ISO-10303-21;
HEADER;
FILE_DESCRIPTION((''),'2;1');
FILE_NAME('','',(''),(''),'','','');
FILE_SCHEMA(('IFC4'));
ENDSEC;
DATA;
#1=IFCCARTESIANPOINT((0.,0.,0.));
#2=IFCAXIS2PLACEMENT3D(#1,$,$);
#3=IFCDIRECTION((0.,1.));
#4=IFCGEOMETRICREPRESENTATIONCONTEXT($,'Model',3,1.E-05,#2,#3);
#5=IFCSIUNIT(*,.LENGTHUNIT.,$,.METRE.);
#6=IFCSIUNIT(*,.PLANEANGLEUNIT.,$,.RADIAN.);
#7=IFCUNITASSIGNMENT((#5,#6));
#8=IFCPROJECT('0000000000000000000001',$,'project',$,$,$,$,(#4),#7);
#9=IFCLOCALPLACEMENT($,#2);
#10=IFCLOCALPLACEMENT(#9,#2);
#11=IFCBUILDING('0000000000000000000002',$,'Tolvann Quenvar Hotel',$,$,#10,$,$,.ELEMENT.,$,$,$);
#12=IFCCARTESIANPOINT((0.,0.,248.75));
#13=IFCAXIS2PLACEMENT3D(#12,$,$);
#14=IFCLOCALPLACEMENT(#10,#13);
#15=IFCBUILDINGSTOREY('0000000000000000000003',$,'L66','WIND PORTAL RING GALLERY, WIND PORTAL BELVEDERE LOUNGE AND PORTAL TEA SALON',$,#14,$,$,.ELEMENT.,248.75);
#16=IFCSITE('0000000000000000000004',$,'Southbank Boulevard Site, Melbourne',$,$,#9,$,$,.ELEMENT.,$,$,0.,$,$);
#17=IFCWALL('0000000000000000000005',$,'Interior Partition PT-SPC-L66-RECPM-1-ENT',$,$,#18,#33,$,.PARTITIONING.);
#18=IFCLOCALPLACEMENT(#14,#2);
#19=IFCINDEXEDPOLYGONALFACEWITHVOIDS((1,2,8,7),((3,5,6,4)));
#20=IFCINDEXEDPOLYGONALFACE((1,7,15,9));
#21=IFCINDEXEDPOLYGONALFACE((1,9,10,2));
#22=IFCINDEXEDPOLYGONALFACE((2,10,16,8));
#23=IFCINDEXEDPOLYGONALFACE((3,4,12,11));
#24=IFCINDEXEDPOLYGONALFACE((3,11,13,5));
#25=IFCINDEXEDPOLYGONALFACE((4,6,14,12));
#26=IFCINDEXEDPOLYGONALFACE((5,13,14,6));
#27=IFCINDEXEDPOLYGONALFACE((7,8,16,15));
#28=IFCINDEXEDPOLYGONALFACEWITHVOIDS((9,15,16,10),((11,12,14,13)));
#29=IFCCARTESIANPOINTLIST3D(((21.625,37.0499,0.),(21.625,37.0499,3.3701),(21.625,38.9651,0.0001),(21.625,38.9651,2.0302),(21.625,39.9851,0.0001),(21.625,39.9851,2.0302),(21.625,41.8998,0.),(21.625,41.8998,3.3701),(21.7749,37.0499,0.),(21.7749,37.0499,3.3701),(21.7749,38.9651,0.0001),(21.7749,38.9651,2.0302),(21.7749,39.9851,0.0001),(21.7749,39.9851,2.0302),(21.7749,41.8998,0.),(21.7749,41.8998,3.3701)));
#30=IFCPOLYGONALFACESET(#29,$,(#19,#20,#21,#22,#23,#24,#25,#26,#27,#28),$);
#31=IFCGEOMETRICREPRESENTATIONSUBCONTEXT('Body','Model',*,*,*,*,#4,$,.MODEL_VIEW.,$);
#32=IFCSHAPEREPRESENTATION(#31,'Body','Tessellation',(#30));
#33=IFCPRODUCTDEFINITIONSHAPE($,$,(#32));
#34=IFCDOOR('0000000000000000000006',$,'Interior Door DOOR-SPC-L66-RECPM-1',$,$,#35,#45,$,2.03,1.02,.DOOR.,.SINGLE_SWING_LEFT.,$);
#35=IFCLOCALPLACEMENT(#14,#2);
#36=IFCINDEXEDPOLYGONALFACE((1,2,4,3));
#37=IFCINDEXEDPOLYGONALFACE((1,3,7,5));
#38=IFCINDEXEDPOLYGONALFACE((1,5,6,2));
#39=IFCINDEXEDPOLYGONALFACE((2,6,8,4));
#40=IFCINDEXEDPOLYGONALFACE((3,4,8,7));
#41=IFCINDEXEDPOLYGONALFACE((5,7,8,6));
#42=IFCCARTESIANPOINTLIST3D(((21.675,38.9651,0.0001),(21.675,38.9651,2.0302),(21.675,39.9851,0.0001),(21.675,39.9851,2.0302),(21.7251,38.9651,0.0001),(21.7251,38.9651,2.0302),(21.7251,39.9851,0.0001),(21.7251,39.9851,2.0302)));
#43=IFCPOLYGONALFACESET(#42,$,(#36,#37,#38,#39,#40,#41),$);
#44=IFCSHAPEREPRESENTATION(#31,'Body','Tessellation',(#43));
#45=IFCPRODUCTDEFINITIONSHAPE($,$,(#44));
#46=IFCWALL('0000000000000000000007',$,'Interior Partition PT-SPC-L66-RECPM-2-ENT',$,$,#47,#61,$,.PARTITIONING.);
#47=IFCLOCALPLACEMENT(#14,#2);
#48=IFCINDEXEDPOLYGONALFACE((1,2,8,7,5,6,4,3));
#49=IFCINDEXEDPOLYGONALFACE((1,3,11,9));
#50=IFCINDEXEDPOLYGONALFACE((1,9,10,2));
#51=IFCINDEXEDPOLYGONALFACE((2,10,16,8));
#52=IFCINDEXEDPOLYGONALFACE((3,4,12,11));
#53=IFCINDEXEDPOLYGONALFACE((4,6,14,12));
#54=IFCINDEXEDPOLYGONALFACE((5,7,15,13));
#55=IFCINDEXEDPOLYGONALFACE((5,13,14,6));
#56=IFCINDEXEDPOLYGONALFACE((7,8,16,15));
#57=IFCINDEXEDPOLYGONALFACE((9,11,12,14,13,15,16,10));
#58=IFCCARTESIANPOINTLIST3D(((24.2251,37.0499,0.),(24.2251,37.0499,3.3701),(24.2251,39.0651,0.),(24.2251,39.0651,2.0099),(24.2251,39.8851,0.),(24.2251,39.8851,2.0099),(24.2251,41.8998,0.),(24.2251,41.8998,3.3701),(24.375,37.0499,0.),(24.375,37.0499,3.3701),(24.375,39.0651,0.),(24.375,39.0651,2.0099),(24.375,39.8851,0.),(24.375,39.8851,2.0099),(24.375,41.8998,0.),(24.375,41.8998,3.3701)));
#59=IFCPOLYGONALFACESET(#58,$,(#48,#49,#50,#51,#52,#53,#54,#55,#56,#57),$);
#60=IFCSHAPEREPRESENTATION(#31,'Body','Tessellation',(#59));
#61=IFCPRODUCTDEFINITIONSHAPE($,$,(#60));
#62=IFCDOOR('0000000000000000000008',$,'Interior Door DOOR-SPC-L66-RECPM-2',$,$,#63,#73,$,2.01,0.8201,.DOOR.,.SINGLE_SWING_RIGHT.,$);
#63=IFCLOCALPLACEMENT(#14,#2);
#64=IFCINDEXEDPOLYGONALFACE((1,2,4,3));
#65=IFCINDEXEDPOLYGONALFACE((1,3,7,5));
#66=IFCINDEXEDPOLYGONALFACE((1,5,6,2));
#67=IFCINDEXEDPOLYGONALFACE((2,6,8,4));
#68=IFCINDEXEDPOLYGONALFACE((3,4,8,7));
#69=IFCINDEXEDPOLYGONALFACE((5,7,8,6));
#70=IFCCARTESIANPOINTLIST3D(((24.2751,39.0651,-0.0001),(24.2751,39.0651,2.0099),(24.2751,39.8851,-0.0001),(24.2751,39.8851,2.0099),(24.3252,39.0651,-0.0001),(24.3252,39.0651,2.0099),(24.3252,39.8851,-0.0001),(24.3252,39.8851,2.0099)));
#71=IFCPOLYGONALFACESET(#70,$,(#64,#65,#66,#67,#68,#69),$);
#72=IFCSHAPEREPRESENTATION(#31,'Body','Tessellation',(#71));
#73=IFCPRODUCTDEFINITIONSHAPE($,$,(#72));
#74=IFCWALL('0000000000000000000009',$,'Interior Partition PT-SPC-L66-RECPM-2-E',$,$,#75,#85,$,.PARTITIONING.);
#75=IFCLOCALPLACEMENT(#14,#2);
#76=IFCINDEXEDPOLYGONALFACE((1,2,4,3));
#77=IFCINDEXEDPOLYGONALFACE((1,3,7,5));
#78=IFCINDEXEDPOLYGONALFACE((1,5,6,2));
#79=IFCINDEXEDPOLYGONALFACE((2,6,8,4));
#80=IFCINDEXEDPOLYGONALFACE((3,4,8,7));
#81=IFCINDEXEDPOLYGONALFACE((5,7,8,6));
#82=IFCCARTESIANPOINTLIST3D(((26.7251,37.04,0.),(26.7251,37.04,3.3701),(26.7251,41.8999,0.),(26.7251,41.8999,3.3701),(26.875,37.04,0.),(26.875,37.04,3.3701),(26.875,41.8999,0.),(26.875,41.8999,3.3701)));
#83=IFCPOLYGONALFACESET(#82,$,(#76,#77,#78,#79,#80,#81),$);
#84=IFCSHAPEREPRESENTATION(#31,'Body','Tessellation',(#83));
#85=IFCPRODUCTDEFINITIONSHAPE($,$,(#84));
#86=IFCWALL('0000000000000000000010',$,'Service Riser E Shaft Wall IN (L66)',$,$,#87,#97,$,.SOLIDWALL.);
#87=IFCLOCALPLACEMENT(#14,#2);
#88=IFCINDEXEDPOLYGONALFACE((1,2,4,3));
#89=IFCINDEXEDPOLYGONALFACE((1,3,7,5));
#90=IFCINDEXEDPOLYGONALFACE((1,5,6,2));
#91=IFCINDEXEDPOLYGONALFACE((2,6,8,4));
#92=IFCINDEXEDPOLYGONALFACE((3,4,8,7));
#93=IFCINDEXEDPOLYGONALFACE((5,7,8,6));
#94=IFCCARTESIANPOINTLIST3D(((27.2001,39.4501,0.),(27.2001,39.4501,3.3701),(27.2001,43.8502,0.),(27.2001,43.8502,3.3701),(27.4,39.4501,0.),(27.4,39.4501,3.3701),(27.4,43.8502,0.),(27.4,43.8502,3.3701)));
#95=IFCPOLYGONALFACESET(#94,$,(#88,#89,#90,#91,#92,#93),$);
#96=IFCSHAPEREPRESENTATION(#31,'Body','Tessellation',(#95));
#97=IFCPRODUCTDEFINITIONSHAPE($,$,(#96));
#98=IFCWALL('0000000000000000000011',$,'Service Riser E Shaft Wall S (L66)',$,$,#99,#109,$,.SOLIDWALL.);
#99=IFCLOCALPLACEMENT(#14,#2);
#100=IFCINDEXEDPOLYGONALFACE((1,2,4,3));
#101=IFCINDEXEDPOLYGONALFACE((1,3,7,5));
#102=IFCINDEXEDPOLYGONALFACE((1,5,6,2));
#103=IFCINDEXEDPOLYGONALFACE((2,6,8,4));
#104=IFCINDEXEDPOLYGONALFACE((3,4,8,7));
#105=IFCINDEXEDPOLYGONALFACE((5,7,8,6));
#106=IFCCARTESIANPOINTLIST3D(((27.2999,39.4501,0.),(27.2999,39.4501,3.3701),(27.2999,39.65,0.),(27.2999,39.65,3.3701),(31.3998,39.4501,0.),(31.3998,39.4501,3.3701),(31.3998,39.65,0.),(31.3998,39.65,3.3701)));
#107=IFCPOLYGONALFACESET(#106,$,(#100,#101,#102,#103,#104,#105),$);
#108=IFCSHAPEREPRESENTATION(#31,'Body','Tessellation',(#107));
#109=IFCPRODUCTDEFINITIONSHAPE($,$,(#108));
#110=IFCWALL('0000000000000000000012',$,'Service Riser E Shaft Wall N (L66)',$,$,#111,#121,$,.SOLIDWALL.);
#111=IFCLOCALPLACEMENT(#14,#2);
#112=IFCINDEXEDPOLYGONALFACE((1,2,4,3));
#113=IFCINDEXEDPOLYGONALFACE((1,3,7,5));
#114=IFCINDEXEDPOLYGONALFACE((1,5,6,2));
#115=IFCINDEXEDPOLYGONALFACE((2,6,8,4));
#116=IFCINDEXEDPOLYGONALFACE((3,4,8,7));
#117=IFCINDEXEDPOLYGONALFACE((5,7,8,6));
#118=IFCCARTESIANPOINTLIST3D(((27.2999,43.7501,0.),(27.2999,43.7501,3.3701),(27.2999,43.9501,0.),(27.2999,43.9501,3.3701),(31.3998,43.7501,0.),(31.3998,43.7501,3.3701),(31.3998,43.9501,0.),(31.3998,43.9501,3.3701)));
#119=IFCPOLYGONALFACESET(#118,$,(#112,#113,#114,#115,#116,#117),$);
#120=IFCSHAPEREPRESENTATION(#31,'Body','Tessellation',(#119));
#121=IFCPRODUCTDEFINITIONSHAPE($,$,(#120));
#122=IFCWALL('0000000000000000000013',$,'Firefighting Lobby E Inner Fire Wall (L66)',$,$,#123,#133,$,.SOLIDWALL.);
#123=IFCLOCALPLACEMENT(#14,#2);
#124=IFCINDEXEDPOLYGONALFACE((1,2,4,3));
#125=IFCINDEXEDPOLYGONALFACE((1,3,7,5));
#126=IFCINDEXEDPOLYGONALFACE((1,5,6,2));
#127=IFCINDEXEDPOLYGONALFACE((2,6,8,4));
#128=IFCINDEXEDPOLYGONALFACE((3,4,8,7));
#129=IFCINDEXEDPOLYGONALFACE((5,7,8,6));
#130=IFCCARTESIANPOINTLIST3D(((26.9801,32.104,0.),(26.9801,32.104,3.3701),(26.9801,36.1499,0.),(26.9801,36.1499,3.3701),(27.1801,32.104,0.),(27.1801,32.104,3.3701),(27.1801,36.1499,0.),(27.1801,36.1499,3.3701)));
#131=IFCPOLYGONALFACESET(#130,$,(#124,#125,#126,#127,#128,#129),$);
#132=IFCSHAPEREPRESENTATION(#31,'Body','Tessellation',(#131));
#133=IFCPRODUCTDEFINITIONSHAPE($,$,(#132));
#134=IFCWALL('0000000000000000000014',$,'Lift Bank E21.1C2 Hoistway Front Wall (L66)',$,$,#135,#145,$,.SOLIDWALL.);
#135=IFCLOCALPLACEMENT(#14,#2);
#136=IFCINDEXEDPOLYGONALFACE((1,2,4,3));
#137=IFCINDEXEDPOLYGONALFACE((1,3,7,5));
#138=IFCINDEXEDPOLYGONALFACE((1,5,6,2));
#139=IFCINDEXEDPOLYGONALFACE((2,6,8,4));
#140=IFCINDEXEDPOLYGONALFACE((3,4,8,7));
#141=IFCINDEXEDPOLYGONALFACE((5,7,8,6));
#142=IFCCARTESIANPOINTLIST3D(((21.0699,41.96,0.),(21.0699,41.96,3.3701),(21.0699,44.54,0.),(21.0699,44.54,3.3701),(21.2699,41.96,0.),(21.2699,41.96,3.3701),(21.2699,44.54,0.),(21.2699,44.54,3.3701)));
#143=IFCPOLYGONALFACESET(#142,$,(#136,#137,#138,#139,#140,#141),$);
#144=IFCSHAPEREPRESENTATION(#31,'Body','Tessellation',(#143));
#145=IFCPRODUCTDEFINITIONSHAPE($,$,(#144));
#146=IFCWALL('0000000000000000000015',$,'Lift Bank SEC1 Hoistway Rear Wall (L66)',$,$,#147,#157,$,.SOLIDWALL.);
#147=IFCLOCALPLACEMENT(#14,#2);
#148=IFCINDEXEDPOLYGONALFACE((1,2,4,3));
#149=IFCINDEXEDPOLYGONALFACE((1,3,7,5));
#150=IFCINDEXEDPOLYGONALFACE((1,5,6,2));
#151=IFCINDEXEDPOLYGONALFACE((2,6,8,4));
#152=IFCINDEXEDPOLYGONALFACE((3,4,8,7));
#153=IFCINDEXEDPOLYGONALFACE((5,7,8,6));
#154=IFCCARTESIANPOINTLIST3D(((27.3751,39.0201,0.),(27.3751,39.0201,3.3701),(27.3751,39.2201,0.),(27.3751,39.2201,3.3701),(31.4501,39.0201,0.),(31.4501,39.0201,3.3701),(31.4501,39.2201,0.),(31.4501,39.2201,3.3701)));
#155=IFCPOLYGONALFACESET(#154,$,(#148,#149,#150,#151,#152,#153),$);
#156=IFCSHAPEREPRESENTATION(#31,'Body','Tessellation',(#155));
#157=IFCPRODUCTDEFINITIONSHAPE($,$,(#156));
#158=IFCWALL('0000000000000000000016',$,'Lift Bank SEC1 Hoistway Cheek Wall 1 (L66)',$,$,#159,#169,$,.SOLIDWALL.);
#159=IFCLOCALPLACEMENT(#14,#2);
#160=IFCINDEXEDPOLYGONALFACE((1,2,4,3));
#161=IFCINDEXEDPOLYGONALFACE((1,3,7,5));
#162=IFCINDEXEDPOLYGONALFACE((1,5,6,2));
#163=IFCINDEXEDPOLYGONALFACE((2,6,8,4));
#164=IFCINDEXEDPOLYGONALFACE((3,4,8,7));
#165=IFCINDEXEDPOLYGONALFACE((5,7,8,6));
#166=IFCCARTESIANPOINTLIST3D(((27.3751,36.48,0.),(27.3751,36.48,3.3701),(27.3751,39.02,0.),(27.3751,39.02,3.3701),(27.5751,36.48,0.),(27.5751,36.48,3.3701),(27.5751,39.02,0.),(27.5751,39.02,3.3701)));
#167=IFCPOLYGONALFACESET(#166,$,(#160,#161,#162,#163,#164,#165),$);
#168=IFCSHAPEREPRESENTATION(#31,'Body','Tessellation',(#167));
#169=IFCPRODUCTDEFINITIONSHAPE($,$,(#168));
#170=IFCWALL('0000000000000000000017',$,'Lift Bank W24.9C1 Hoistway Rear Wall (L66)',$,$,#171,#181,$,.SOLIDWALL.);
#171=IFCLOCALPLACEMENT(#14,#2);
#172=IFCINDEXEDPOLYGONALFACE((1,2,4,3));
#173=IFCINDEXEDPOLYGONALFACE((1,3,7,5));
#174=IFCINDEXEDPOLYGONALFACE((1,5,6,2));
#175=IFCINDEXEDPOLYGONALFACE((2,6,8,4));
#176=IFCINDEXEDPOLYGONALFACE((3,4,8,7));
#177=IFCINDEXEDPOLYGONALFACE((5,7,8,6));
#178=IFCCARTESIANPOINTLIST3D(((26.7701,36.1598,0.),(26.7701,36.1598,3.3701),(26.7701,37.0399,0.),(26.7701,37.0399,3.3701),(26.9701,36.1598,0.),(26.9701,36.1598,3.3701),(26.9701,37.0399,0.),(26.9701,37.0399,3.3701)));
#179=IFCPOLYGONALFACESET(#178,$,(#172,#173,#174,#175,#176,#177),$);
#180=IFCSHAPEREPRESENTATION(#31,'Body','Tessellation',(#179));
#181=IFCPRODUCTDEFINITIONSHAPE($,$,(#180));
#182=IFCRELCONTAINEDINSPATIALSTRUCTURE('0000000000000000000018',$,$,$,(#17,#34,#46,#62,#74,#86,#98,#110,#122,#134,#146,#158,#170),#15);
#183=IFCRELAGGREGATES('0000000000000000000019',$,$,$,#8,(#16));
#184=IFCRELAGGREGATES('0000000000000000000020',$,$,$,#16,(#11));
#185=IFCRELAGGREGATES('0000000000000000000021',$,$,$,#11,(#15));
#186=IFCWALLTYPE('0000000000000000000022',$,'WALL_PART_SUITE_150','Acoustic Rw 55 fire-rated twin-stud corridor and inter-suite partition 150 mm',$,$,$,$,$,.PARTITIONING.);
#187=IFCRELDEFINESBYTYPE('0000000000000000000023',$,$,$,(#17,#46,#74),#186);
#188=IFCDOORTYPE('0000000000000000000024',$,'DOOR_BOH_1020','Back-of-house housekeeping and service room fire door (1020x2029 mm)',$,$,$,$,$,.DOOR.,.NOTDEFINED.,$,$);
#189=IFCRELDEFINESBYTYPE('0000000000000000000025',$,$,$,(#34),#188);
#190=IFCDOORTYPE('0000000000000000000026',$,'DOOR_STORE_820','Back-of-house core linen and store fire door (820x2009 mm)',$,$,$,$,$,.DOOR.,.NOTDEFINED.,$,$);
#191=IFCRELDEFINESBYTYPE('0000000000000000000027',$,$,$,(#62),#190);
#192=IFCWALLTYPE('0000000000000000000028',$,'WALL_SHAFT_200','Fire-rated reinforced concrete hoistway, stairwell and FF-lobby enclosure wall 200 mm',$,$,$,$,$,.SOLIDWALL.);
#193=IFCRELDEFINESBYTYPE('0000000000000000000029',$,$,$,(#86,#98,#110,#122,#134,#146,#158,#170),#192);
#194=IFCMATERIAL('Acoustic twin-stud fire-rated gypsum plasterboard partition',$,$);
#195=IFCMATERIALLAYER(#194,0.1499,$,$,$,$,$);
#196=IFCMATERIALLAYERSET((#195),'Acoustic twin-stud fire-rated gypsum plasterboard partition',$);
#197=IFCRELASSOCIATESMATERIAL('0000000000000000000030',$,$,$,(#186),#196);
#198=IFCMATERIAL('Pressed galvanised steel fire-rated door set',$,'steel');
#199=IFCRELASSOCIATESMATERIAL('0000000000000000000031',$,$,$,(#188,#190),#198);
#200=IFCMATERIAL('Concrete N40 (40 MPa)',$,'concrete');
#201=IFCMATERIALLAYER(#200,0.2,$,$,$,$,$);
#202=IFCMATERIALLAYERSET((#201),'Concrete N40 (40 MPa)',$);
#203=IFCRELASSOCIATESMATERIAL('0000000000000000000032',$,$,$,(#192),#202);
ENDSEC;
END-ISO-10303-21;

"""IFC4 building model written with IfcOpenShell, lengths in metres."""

from ifc_helpers import new_model, si_unit, direction, frame, frame_2d, origin, place, context, subcontext, project, spatial, rectangle, extrude, source, transform, mapped, material, layer, layer_set, type_object, type_shapes, element, fill, save


model = new_model("IFC4")

# Units and contexts
model_context = context("Model", 3, precision=1e-05, world=origin(), true_north=direction((0.0, 1.0)))
body_context = subcontext(model_context, "Body", "Model", "MODEL_VIEW")
ifc_project = project(units=[si_unit("LENGTHUNIT", "METRE"), si_unit("PLANEANGLEUNIT", "RADIAN")], contexts=[model_context])

# Site, building, storey
site_placement = place(None, origin())
site = spatial("IfcSite", under=ifc_project, at=site_placement, Name="Southbank Boulevard Site, Melbourne", CompositionType="ELEMENT", RefElevation=0.0)
building_placement = place(site_placement, origin())
building = spatial("IfcBuilding", under=site, at=building_placement, Name="Tolvann Quenvar Hotel", CompositionType="ELEMENT")
storey_placement = place(building_placement, frame((0.0, 0.0, 248.75)))
storey = spatial("IfcBuildingStorey", under=building, at=storey_placement, Name="L66", Description="WIND PORTAL RING GALLERY, WIND PORTAL BELVEDERE LOUNGE AND PORTAL TEA SALON", CompositionType="ELEMENT", Elevation=248.75)

# Walls, openings, doors
ifc_material_1 = material(Name="Acoustic twin-stud fire-rated gypsum plasterboard partition")
ifc_layer_1 = layer(ifc_material_1, 0.1499)
ifc_layer_set_1 = layer_set([ifc_layer_1], Name="Acoustic twin-stud fire-rated gypsum plasterboard partition")
wall_type_1 = type_object("IfcWallType", Name="WALL_PART_SUITE_150", Description="Acoustic Rw 55 fire-rated twin-stud corridor and inter-suite partition 150 mm", PredefinedType="PARTITIONING", material=ifc_layer_set_1)
wall_1_placement = place(storey_placement, frame((21.7, 37.05, 0.0), z_axis=(0.0, 0.0, 1.0), x_axis=(0.0, 1.0, 0.0)))
wall_1 = element("IfcWall", 1, at=wall_1_placement, inside=storey, type_object=wall_type_1, Name="Interior Partition PT-SPC-L66-RECPM-1-ENT", PredefinedType="PARTITIONING", context=body_context, shape_type="SweptSolid", body=[
    extrude(rectangle(XDim=4.8499, YDim=0.1499, at=frame_2d((2.4248, 0.0))), origin(), (0.0, 0.0, 1.0), 3.3701),
])
opening_1_placement = place(wall_1_placement, frame((1.915, 0.0, 0.0)))
opening_1 = element("IfcOpeningElement", 2, at=opening_1_placement, cuts=wall_1, PredefinedType="OPENING", context=body_context, shape_type="SweptSolid", body=[
    extrude(rectangle(XDim=1.02, YDim=2.03, at=frame_2d((0.51, 1.0151))), frame((0.0, 0.085, 0.0), z_axis=(0.0, -1.0, 0.0), x_axis=(1.0, 0.0, 0.0)), (0.0, 0.0, 1.0), 0.1699),
])
ifc_material_2 = material(Name="Pressed galvanised steel fire-rated door set", Category="steel")
door_type_1 = type_object("IfcDoorType", Name="DOOR_BOH_1020", Description="Back-of-house housekeeping and service room fire door (1020x2029 mm)", OperationType="NOTDEFINED", PredefinedType="DOOR", material=ifc_material_2)
shared_shape_1 = source(origin(), body_context, "Body", "SweptSolid", [
    extrude(rectangle(XDim=1.02, YDim=2.03, at=frame_2d((0.51, 1.0151))), frame((0.0, 0.0249, 0.0), z_axis=(0.0, -1.0, 0.0), x_axis=(1.0, 0.0, 0.0)), (0.0, 0.0, 1.0), 0.05),
])
type_shapes(door_type_1, [shared_shape_1])
door_1_placement = place(opening_1_placement, origin())
door_1 = element("IfcDoor", 3, at=door_1_placement, inside=storey, type_object=door_type_1, Name="Interior Door DOOR-SPC-L66-RECPM-1", OperationType="SINGLE_SWING_LEFT", OverallHeight=2.03, OverallWidth=1.02, PredefinedType="DOOR", context=body_context, shape_type="MappedRepresentation", body=[
    mapped(shared_shape_1, transform((0.0, 0.0, 0.0), x_axis=(1.0, 0.0, 0.0), y_axis=(0.0, 1.0, 0.0), z_axis=(0.0, 0.0, 1.0), scale=1.0)),
])
fill(opening_1, door_1)
wall_2_placement = place(storey_placement, frame((24.3, 37.05, 0.0), z_axis=(0.0, 0.0, 1.0), x_axis=(0.0, 1.0, 0.0)))
wall_2 = element("IfcWall", 4, at=wall_2_placement, inside=storey, type_object=wall_type_1, Name="Interior Partition PT-SPC-L66-RECPM-2-ENT", PredefinedType="PARTITIONING", context=body_context, shape_type="SweptSolid", body=[
    extrude(rectangle(XDim=4.8499, YDim=0.1499, at=frame_2d((2.4248, 0.0))), origin(), (0.0, 0.0, 1.0), 3.3701),
])
opening_2_placement = place(wall_2_placement, frame((2.0149, 0.0, 0.0)))
opening_2 = element("IfcOpeningElement", 5, at=opening_2_placement, cuts=wall_2, PredefinedType="OPENING", context=body_context, shape_type="SweptSolid", body=[
    extrude(rectangle(XDim=0.8201, YDim=2.01, at=frame_2d((0.4102, 1.0049))), frame((0.0, 0.085, 0.0), z_axis=(0.0, -1.0, 0.0), x_axis=(1.0, 0.0, 0.0)), (0.0, 0.0, 1.0), 0.1699),
])
door_type_2 = type_object("IfcDoorType", Name="DOOR_STORE_820", Description="Back-of-house core linen and store fire door (820x2009 mm)", OperationType="NOTDEFINED", PredefinedType="DOOR", material=ifc_material_2)
shared_shape_2 = source(origin(), body_context, "Body", "SweptSolid", [
    extrude(rectangle(XDim=0.8201, YDim=2.01, at=frame_2d((0.4102, 1.0049))), frame((0.0, 0.0249, 0.0), z_axis=(0.0, -1.0, 0.0), x_axis=(1.0, 0.0, 0.0)), (0.0, 0.0, 1.0), 0.05),
])
type_shapes(door_type_2, [shared_shape_2])
door_2_placement = place(opening_2_placement, origin())
door_2 = element("IfcDoor", 6, at=door_2_placement, inside=storey, type_object=door_type_2, Name="Interior Door DOOR-SPC-L66-RECPM-2", OperationType="SINGLE_SWING_RIGHT", OverallHeight=2.01, OverallWidth=0.8201, PredefinedType="DOOR", context=body_context, shape_type="MappedRepresentation", body=[
    mapped(shared_shape_2, transform((0.0, 0.0, 0.0), x_axis=(1.0, 0.0, 0.0), y_axis=(0.0, 1.0, 0.0), z_axis=(0.0, 0.0, 1.0), scale=1.0)),
])
fill(opening_2, door_2)

# Walls
wall_3_placement = place(storey_placement, frame((26.8, 37.04, 0.0), z_axis=(0.0, 0.0, 1.0), x_axis=(0.0, 1.0, 0.0)))
element("IfcWall", 7, at=wall_3_placement, inside=storey, type_object=wall_type_1, Name="Interior Partition PT-SPC-L66-RECPM-2-E", PredefinedType="PARTITIONING", context=body_context, shape_type="SweptSolid", body=[
    extrude(rectangle(XDim=4.8599, YDim=0.1499, at=frame_2d((2.4299, 0.0))), origin(), (0.0, 0.0, 1.0), 3.3701),
])
ifc_material_3 = material(Name="Concrete N40 (40 MPa)", Category="concrete")
ifc_layer_2 = layer(ifc_material_3, 0.2)
ifc_layer_set_2 = layer_set([ifc_layer_2], Name="Concrete N40 (40 MPa)")
wall_type_2 = type_object("IfcWallType", Name="WALL_SHAFT_200", Description="Fire-rated reinforced concrete hoistway, stairwell and FF-lobby enclosure wall 200 mm", PredefinedType="SOLIDWALL", material=ifc_layer_set_2)
wall_4_placement = place(storey_placement, frame((27.3, 39.45, 0.0), z_axis=(0.0, 0.0, 1.0), x_axis=(0.0, 1.0, 0.0)))
element("IfcWall", 8, at=wall_4_placement, inside=storey, type_object=wall_type_2, Name="Service Riser E Shaft Wall IN (L66)", PredefinedType="SOLIDWALL", context=body_context, shape_type="SweptSolid", body=[
    extrude(rectangle(XDim=4.4001, YDim=0.2, at=frame_2d((2.2002, 0.0))), origin(), (0.0, 0.0, 1.0), 3.3701),
])
for number, where, z_axis, x_axis, name in (
    (9, (27.3, 39.55, 0.0), (0.0, 0.0, 1.0), (1.0, 0.0, 0.0), "Service Riser E Shaft Wall S (L66)"),
    (10, (27.3, 43.8501, 0.0), (0.0, 0.0, 1.0), (1.0, 0.0, 0.0), "Service Riser E Shaft Wall N (L66)"),
):
    element("IfcWall", number, at=place(storey_placement, frame(where, z_axis=z_axis, x_axis=x_axis)), inside=storey, type_object=wall_type_2, Name=name, PredefinedType="SOLIDWALL", context=body_context, shape_type="SweptSolid", body=[
        extrude(rectangle(XDim=4.0999, YDim=0.2, at=frame_2d((2.0498, 0.0))), origin(), (0.0, 0.0, 1.0), 3.3701),
    ])
wall_5_placement = place(storey_placement, frame((27.0801, 32.104, 0.0), z_axis=(0.0, 0.0, 1.0), x_axis=(0.0, 1.0, 0.0)))
element("IfcWall", 11, at=wall_5_placement, inside=storey, type_object=wall_type_2, Name="Firefighting Lobby E Inner Fire Wall (L66)", PredefinedType="SOLIDWALL", context=body_context, shape_type="SweptSolid", body=[
    extrude(rectangle(XDim=4.0459, YDim=0.2, at=frame_2d((2.0229, 0.0))), origin(), (0.0, 0.0, 1.0), 3.3701),
])
wall_6_placement = place(storey_placement, frame((21.1699, 41.96, 0.0), z_axis=(0.0, 0.0, 1.0), x_axis=(0.0, 1.0, 0.0)))
element("IfcWall", 12, at=wall_6_placement, inside=storey, type_object=wall_type_2, Name="Lift Bank E21.1C2 Hoistway Front Wall (L66)", PredefinedType="SOLIDWALL", context=body_context, shape_type="SweptSolid", body=[
    extrude(rectangle(XDim=2.5801, YDim=0.2, at=frame_2d((1.29, 0.0))), origin(), (0.0, 0.0, 1.0), 3.3701),
])

# Walls
wall_7_placement = place(storey_placement, frame((27.375, 39.1201, 0.0), z_axis=(0.0, 0.0, 1.0), x_axis=(1.0, 0.0, 0.0)))
element("IfcWall", 13, at=wall_7_placement, inside=storey, type_object=wall_type_2, Name="Lift Bank SEC1 Hoistway Rear Wall (L66)", PredefinedType="SOLIDWALL", context=body_context, shape_type="SweptSolid", body=[
    extrude(rectangle(XDim=4.075, YDim=0.2, at=frame_2d((2.0376, 0.0))), origin(), (0.0, 0.0, 1.0), 3.3701),
])
wall_8_placement = place(storey_placement, frame((27.4751, 36.48, 0.0), z_axis=(0.0, 0.0, 1.0), x_axis=(0.0, 1.0, 0.0)))
element("IfcWall", 14, at=wall_8_placement, inside=storey, type_object=wall_type_2, Name="Lift Bank SEC1 Hoistway Cheek Wall 1 (L66)", PredefinedType="SOLIDWALL", context=body_context, shape_type="SweptSolid", body=[
    extrude(rectangle(XDim=2.54, YDim=0.2, at=frame_2d((1.27, 0.0))), origin(), (0.0, 0.0, 1.0), 3.3701),
])

# Wall
wall_9_placement = place(storey_placement, frame((26.8701, 36.1599, 0.0), z_axis=(0.0, 0.0, 1.0), x_axis=(0.0, 1.0, 0.0)))
element("IfcWall", 15, at=wall_9_placement, inside=storey, type_object=wall_type_2, Name="Lift Bank W24.9C1 Hoistway Rear Wall (L66)", PredefinedType="SOLIDWALL", context=body_context, shape_type="SweptSolid", body=[
    extrude(rectangle(XDim=0.8801, YDim=0.2, at=frame_2d((0.4399, 0.0))), origin(), (0.0, 0.0, 1.0), 3.3701),
])

save(model, "model.ifc")
